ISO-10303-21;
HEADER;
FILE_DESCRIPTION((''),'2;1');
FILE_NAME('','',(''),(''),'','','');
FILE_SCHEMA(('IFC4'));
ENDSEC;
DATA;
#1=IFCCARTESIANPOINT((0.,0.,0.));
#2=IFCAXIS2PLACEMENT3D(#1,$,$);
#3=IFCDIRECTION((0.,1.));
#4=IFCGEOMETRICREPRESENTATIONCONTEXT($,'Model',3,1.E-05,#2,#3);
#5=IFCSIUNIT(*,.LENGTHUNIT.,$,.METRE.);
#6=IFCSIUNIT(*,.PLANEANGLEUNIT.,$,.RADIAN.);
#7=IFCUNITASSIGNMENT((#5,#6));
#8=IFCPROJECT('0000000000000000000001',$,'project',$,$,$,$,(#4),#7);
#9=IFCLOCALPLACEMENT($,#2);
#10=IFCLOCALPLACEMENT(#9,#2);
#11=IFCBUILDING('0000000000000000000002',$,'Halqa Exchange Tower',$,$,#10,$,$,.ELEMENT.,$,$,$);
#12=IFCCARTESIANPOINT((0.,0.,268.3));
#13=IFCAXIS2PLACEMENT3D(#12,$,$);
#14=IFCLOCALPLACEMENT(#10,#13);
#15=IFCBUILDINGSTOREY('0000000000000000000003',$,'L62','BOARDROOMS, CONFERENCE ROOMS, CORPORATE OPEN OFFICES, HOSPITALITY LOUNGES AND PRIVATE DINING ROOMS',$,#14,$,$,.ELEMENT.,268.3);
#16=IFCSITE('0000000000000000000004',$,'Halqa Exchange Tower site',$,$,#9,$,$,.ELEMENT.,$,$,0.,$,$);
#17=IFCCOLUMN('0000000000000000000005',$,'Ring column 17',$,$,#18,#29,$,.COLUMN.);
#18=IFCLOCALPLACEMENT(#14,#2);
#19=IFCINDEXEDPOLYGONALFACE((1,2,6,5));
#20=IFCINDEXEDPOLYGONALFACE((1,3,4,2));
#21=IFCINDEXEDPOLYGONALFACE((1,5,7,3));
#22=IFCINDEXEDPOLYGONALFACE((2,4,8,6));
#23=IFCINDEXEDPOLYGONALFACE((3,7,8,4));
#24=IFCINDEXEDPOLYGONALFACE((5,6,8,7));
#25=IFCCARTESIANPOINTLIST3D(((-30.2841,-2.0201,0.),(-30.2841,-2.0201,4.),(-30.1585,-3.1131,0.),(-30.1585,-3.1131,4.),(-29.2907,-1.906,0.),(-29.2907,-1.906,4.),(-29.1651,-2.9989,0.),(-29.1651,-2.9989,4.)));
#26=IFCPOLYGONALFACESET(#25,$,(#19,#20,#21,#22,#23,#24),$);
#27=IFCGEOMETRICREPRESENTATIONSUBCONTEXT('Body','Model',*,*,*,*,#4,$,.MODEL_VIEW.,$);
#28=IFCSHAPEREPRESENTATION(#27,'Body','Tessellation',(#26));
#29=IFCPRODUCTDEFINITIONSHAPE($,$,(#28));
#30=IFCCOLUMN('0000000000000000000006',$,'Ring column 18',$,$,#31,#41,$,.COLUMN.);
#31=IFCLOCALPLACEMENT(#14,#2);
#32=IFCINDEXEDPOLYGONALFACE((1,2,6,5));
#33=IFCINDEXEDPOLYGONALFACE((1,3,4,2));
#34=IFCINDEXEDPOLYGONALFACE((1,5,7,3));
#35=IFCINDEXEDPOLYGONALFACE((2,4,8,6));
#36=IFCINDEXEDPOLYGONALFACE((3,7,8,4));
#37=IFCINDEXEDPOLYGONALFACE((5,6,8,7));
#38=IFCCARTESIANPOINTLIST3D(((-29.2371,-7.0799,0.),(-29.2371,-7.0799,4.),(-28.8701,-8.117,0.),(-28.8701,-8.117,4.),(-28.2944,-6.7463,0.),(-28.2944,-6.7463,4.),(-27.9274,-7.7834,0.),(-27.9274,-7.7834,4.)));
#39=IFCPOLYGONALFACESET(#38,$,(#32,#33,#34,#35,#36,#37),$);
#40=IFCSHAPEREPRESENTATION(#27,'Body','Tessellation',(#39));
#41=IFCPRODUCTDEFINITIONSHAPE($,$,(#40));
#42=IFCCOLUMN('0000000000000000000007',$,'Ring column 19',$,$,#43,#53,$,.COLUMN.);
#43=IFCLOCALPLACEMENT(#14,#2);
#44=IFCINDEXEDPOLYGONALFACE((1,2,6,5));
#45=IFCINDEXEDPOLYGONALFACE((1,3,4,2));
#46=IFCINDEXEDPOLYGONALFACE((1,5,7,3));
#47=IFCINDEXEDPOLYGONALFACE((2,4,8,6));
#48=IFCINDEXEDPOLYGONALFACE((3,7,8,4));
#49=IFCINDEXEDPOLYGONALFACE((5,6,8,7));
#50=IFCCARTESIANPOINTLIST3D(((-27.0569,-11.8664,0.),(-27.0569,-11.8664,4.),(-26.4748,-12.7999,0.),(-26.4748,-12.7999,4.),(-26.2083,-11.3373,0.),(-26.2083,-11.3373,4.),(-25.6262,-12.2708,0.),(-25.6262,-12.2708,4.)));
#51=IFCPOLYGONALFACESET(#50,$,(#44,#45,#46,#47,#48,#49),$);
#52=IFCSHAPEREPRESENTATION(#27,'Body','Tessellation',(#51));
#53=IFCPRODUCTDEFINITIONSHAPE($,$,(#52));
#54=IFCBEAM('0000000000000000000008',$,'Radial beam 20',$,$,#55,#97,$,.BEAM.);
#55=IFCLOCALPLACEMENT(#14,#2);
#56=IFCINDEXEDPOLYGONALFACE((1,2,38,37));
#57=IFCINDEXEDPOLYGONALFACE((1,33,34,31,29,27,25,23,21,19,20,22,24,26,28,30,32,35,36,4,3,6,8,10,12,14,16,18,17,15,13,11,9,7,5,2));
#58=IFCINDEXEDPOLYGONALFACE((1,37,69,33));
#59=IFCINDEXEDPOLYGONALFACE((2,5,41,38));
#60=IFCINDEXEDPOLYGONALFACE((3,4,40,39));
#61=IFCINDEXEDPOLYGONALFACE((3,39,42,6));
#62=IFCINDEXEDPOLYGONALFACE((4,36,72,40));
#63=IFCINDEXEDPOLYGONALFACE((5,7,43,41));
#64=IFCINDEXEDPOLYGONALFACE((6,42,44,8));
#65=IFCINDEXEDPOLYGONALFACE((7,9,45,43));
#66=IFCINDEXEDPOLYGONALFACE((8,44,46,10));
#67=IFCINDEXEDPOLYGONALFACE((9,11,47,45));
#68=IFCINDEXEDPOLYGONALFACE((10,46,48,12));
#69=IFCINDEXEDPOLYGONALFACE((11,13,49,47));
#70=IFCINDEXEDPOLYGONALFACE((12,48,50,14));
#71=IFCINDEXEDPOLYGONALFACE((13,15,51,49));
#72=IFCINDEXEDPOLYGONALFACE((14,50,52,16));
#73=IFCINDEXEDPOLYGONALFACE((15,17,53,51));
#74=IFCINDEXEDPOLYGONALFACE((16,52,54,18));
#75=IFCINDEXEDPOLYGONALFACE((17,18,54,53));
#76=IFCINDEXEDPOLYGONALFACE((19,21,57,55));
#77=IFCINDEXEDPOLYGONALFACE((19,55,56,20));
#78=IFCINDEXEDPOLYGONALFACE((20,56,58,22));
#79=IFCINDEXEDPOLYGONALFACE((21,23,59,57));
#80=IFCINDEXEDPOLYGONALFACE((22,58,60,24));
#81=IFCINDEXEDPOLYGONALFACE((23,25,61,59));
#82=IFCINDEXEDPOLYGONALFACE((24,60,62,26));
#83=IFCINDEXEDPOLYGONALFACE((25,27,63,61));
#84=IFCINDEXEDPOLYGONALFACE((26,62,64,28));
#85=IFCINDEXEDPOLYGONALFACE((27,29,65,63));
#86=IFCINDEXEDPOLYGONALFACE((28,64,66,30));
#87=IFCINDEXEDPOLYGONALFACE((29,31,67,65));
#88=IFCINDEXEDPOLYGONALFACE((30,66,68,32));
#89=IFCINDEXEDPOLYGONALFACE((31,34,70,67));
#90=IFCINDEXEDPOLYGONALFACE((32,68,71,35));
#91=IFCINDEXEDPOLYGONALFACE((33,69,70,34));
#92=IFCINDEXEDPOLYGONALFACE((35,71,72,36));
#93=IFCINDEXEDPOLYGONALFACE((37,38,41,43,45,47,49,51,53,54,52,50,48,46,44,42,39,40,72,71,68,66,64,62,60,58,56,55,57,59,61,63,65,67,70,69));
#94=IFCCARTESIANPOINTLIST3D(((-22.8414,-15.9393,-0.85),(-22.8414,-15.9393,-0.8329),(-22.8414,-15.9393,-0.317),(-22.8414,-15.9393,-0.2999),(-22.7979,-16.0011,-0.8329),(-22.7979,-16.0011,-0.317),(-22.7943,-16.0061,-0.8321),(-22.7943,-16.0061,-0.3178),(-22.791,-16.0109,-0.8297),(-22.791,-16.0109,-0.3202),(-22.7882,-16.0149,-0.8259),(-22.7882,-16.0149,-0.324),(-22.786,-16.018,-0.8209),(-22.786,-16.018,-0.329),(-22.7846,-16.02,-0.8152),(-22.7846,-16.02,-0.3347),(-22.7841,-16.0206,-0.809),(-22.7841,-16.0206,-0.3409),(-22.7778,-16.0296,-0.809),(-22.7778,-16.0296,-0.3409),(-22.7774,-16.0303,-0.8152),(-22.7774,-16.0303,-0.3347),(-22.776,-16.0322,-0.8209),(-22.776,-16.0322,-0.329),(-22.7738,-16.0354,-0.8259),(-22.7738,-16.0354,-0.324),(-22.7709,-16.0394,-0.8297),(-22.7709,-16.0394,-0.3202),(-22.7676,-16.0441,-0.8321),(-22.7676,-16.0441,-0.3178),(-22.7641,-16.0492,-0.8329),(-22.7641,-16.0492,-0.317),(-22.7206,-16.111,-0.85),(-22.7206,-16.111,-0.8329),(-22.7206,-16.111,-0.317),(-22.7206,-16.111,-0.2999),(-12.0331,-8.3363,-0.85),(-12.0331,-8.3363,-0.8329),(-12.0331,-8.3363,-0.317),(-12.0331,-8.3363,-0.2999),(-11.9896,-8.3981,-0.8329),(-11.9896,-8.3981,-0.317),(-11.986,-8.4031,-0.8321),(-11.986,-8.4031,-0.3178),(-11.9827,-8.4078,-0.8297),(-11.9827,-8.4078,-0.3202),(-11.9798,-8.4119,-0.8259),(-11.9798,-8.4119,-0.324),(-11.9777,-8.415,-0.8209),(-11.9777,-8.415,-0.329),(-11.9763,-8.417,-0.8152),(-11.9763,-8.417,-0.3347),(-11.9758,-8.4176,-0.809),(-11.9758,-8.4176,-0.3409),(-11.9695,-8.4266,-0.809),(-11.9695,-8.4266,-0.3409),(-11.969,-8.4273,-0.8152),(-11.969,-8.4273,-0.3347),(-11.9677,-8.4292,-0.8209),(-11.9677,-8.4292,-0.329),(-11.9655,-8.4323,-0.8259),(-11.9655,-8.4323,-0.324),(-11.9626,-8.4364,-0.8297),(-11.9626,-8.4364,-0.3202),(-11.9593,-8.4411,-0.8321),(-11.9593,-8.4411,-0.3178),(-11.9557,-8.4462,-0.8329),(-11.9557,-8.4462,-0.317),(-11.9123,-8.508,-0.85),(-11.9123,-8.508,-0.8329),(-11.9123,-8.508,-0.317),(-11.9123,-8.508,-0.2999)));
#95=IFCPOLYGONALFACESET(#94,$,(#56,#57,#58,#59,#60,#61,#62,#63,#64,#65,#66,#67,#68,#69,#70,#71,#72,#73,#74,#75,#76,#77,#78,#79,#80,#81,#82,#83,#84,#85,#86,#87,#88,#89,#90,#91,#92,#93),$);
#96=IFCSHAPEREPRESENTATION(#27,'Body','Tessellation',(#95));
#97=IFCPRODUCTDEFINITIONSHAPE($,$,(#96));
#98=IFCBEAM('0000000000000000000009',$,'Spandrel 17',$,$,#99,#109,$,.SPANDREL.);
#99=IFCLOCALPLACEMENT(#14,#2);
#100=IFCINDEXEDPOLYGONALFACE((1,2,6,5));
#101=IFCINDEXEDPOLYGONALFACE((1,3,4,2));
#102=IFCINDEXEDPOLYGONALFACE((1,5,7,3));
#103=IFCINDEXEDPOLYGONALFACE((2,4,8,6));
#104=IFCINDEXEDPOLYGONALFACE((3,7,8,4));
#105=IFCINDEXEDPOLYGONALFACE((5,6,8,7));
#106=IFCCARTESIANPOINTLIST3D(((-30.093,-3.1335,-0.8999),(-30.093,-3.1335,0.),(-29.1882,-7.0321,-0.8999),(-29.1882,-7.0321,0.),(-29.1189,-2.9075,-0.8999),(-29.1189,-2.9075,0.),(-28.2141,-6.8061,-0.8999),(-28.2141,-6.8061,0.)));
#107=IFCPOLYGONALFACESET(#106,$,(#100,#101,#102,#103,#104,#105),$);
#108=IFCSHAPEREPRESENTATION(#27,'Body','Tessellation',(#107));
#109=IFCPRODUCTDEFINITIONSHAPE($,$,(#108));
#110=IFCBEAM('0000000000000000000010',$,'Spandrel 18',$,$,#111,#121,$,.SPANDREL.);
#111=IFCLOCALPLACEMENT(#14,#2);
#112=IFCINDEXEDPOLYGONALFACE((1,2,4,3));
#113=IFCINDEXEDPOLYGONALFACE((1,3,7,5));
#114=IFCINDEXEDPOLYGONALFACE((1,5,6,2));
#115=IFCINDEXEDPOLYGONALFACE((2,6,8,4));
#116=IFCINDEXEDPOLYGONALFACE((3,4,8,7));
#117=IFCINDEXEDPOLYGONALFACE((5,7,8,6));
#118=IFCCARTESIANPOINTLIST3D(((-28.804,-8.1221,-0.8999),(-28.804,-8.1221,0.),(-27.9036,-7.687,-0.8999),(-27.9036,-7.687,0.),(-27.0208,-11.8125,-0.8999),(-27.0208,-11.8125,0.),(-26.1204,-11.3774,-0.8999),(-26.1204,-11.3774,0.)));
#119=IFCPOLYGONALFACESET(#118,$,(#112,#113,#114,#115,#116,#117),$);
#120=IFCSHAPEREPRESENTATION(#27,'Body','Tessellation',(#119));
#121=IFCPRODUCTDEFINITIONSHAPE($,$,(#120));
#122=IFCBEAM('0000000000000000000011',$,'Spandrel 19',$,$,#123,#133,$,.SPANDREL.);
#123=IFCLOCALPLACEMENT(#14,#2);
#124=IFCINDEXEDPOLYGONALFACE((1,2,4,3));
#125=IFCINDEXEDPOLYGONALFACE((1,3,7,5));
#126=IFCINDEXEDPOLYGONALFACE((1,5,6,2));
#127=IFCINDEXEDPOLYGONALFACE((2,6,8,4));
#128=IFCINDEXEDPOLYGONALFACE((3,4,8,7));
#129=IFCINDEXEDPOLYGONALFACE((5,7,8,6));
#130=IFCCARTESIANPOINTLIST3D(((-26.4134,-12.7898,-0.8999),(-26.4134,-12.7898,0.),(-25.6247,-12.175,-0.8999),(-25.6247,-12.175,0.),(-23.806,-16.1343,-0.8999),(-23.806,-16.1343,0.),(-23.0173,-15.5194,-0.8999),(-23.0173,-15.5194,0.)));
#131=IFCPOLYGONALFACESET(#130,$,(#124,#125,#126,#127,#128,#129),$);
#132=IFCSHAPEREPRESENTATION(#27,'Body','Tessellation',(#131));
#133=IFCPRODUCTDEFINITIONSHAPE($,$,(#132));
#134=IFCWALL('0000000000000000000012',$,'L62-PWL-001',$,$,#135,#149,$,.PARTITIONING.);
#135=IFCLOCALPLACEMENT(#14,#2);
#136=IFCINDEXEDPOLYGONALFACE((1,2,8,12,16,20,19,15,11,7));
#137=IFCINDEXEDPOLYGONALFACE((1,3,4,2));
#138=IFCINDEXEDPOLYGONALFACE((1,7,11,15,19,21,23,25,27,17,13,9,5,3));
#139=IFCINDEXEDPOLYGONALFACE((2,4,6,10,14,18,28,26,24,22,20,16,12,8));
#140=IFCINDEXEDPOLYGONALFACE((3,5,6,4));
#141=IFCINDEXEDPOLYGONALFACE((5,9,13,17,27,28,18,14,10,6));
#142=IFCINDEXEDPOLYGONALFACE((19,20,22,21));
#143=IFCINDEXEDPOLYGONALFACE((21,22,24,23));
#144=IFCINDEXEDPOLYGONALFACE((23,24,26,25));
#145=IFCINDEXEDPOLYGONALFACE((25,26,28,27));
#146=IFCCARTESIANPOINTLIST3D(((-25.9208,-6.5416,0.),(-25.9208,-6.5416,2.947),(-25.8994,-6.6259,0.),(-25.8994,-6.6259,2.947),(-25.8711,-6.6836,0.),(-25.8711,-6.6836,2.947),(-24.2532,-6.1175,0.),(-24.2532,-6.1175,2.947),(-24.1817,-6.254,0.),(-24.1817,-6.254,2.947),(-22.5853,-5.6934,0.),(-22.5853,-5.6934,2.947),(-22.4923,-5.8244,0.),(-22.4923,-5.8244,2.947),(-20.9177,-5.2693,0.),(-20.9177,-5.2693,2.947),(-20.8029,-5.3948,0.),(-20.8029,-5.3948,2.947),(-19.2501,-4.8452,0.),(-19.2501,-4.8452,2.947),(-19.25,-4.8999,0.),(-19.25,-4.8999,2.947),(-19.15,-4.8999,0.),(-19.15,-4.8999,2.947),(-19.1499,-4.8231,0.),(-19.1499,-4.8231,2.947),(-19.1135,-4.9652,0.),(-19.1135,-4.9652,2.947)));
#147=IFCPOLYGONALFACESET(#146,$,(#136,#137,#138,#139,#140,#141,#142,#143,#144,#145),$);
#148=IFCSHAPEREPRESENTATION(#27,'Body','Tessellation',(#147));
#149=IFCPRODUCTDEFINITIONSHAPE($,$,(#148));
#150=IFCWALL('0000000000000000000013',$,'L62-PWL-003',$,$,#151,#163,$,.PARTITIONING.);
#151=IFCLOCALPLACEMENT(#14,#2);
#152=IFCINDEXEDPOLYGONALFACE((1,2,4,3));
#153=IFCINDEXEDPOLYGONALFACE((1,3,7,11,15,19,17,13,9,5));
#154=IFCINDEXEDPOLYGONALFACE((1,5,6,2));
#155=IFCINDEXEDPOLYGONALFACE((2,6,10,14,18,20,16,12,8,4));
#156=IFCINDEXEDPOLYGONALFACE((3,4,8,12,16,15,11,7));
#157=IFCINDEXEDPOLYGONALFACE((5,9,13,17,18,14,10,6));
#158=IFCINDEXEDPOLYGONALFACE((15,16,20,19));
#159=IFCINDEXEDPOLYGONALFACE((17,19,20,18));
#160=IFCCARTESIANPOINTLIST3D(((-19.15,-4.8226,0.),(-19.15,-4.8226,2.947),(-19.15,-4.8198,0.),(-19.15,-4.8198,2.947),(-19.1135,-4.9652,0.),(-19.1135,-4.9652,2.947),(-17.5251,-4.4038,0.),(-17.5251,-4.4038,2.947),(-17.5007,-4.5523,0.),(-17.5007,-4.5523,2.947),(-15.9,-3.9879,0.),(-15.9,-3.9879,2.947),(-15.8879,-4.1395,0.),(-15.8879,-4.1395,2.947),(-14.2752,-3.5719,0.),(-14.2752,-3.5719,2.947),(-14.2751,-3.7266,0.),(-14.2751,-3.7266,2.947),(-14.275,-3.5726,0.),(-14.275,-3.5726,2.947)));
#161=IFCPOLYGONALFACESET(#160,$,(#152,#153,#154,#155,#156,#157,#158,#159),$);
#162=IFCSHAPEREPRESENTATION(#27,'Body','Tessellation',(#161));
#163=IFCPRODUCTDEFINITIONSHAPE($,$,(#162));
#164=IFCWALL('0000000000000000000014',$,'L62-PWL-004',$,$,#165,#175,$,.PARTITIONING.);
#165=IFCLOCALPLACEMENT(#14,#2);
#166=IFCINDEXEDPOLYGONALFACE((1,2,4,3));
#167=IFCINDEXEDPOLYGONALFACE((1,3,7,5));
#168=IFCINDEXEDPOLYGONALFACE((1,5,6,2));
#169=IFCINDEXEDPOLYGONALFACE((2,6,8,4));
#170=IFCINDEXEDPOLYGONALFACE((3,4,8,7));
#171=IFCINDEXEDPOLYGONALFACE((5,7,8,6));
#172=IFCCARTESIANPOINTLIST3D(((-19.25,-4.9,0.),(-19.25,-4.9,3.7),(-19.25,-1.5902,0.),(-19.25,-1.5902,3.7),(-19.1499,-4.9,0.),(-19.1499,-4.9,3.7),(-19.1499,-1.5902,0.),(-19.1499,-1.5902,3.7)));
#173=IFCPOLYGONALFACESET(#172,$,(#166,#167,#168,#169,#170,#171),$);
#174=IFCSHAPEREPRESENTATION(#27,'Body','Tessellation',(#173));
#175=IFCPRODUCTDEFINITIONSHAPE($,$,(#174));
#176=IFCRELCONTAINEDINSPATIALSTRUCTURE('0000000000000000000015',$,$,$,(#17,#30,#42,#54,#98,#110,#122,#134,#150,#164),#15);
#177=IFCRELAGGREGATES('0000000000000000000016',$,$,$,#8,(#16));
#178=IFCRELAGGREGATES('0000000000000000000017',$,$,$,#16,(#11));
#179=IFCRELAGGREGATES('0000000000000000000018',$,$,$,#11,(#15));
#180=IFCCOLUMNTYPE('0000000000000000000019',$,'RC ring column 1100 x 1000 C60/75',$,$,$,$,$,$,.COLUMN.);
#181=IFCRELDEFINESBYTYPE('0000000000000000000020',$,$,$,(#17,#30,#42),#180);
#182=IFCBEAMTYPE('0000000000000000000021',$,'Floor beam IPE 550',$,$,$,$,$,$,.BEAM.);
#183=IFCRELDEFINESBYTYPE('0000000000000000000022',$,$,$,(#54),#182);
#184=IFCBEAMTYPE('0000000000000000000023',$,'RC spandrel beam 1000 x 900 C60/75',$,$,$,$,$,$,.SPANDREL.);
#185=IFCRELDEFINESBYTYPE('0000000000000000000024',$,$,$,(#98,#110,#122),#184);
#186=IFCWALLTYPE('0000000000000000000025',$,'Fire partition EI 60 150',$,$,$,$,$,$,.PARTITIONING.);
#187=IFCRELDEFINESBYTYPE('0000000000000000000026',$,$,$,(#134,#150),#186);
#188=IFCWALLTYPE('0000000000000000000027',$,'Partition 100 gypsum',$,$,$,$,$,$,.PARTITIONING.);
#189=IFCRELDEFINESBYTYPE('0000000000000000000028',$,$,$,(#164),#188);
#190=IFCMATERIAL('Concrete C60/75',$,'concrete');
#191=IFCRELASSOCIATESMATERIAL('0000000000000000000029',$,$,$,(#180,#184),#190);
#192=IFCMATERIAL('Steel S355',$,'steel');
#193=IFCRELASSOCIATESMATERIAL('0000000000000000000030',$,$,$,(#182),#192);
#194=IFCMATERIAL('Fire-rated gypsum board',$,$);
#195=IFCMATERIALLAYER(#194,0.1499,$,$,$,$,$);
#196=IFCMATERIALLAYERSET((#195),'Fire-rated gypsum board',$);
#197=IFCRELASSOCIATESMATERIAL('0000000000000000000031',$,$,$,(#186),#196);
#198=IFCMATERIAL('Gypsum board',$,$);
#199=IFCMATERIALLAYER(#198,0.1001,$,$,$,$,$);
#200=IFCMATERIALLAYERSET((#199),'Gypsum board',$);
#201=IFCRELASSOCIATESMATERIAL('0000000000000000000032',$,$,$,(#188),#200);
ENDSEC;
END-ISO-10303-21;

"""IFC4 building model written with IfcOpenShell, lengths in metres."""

from ifc_helpers import new_model, si_unit, direction, frame, frame_2d, origin, origin_2d, place, context, subcontext, project, spatial, polyline, rectangle, i_section, outline, extrude, material, layer, layer_set, material_profile, profile_set, type_object, element, save


model = new_model("IFC4")

# Units and contexts
model_context = context("Model", 3, precision=1e-05, world=origin(), true_north=direction((0.0, 1.0)))
body_context = subcontext(model_context, "Body", "Model", "MODEL_VIEW")
ifc_project = project(units=[si_unit("LENGTHUNIT", "METRE"), si_unit("PLANEANGLEUNIT", "RADIAN")], contexts=[model_context])

# Site, building, storey
site_placement = place(None, origin())
site = spatial("IfcSite", under=ifc_project, at=site_placement, Name="Halqa Exchange Tower site", CompositionType="ELEMENT", RefElevation=0.0)
building_placement = place(site_placement, origin())
building = spatial("IfcBuilding", under=site, at=building_placement, Name="Halqa Exchange Tower", CompositionType="ELEMENT")
storey_placement = place(building_placement, frame((0.0, 0.0, 268.3)))
storey = spatial("IfcBuildingStorey", under=building, at=storey_placement, Name="L62", Description="BOARDROOMS, CONFERENCE ROOMS, CORPORATE OPEN OFFICES, HOSPITALITY LOUNGES AND PRIVATE DINING ROOMS", CompositionType="ELEMENT", Elevation=268.3)

# Columns
ifc_material_1 = material(Name="Concrete C60/75", Category="concrete")
ifc_material_profile_1 = material_profile(ifc_material_1, rectangle(XDim=1.1001, YDim=1.0, at=origin_2d()), Name="1100 x 1000")
ifc_profile_set_1 = profile_set([ifc_material_profile_1], Name="Concrete C60/75")
column_type = type_object("IfcColumnType", Name="RC ring column 1100 x 1000 C60/75", PredefinedType="COLUMN", material=ifc_profile_set_1)
for number, where, z_axis, x_axis, name in (
    (1, (-29.7246, -2.5095, 0.0), (0.0, 0.0, 1.0), (0.114155, -0.993463, 0.0), "Ring column 17"),
    (2, (-28.5823, -7.4316, 0.0), (0.0, 0.0, 1.0), (0.333628, -0.942705, 0.0), "Ring column 18"),
    (3, (-26.3416, -12.0686, 0.0), (0.0, 0.0, 1.0), (0.529142, -0.848533, 0.0), "Ring column 19"),
):
    element("IfcColumn", number, at=place(storey_placement, frame(where, z_axis=z_axis, x_axis=x_axis)), inside=storey, type_object=column_type, Name=name, PredefinedType="COLUMN", context=body_context, shape_type="SweptSolid", body=[
        extrude(rectangle(XDim=1.1001, YDim=1.0, at=origin_2d()), origin(), (0.0, 0.0, 1.0), 4.0),
    ])

# Beams
ifc_material_2 = material(Name="Steel S355", Category="steel")
ifc_material_profile_2 = material_profile(ifc_material_2, i_section(OverallWidth=0.21, OverallDepth=0.55, WebThickness=0.011, FlangeThickness=0.0171, FilletRadius=0.0239, at=origin_2d()), Name="IPE 550")
ifc_profile_set_2 = profile_set([ifc_material_profile_2], Name="Steel S355")
beam_type_1 = type_object("IfcBeamType", Name="Floor beam IPE 550", PredefinedType="BEAM", material=ifc_profile_set_2)
beam_1_placement = place(storey_placement, frame((-11.9727, -8.4221, -0.575), z_axis=(-0.817908, -0.575349, 0.0), x_axis=(0.575349, -0.817908, 0.0)))
element("IfcBeam", 4, at=beam_1_placement, inside=storey, type_object=beam_type_1, Name="Radial beam 20", PredefinedType="BEAM", context=body_context, shape_type="SweptSolid", body=[
    extrude(i_section(OverallWidth=0.21, OverallDepth=0.55, WebThickness=0.011, FlangeThickness=0.0171, FilletRadius=0.0239, at=origin_2d()), origin(), (0.0, 0.0, 1.0), 13.2146),
])
ifc_material_profile_3 = material_profile(ifc_material_1, rectangle(XDim=1.0, YDim=0.8999, at=origin_2d()), Name="1000 x 900")
ifc_profile_set_3 = profile_set([ifc_material_profile_3], Name="Concrete C60/75")
beam_type_2 = type_object("IfcBeamType", Name="RC spandrel beam 1000 x 900 C60/75", PredefinedType="SPANDREL", material=ifc_profile_set_3)
beam_2_placement = place(storey_placement, frame((-29.606, -3.0205, -0.45), z_axis=(0.226067, -0.974112, 0.0), x_axis=(0.974112, 0.226067, 0.0)))
element("IfcBeam", 5, at=beam_2_placement, inside=storey, type_object=beam_type_2, Name="Spandrel 17", PredefinedType="SPANDREL", context=body_context, shape_type="SweptSolid", body=[
    extrude(rectangle(XDim=1.0, YDim=0.8999, at=origin_2d()), origin(), (0.0, 0.0, 1.0), 4.0022),
])
beam_3_placement = place(storey_placement, frame((-28.3538, -7.9045, -0.45), z_axis=(0.435069, -0.900397, 0.0), x_axis=(0.900397, 0.435069, 0.0)))
element("IfcBeam", 6, at=beam_3_placement, inside=storey, type_object=beam_type_2, Name="Spandrel 18", PredefinedType="SPANDREL", context=body_context, shape_type="SweptSolid", body=[
    extrude(rectangle(XDim=1.0, YDim=0.8999, at=origin_2d()), origin(), (0.0, 0.0, 1.0), 4.0986),
])
beam_4_placement = place(storey_placement, frame((-26.019, -12.4824, -0.45), z_axis=(0.614845, -0.788648, 0.0), x_axis=(0.788648, 0.614845, 0.0)))
element("IfcBeam", 7, at=beam_4_placement, inside=storey, type_object=beam_type_2, Name="Spandrel 19", PredefinedType="SPANDREL", context=body_context, shape_type="SweptSolid", body=[
    extrude(rectangle(XDim=1.0, YDim=0.8999, at=origin_2d()), origin(), (0.0, 0.0, 1.0), 4.2407),
])

# Walls
ifc_material_3 = material(Name="Fire-rated gypsum board")
ifc_layer_1 = layer(ifc_material_3, 0.1499)
ifc_layer_set_1 = layer_set([ifc_layer_1], Name="Fire-rated gypsum board")
wall_type_1 = type_object("IfcWallType", Name="Fire partition EI 60 150", PredefinedType="PARTITIONING", material=ifc_layer_set_1)
wall_1_placement = place(storey_placement, frame((-25.9023, -6.6143, 0.0), z_axis=(0.0, 0.0, 1.0), x_axis=(0.969154, 0.246456, 0.0)))
element("IfcWall", 8, at=wall_1_placement, inside=storey, type_object=wall_type_1, Name="L62-PWL-001", PredefinedType="PARTITIONING", context=body_context, shape_type="SweptSolid", body=[
    extrude(outline(polyline([(0.0132, -0.075), (1.7563, -0.075), (3.4995, -0.075), (5.2427, -0.075), (6.9858, -0.075), (6.9856, 0.0718), (6.9666, -0.0027), (6.8696, 0.022), (6.8831, 0.075), (5.1624, 0.075), (3.4417, 0.075), (1.7207, 0.075), (0.0, 0.075), (0.0, -0.012), (0.0132, -0.075)])), origin(), (0.0, 0.0, 1.0), 2.947),
])
wall_2_placement = place(storey_placement, frame((-19.1321, -4.8926, 0.0), z_axis=(0.0, 0.0, 1.0), x_axis=(0.968763, 0.247988, 0.0)))
element("IfcWall", 9, at=wall_2_placement, inside=storey, type_object=wall_type_1, Name="L62-PWL-003", PredefinedType="PARTITIONING", context=body_context, shape_type="SweptSolid", body=[
    extrude(outline(polyline([(0.0, -0.075), (1.6648, -0.075), (3.3296, -0.075), (4.9944, -0.075), (5.0327, 0.0742), (5.0327, 0.075), (3.3555, 0.075), (1.678, 0.075), (0.0007, 0.075), (0.0, 0.0723), (0.0, -0.075)])), origin(), (0.0, 0.0, 1.0), 2.947),
])
ifc_material_4 = material(Name="Gypsum board")
ifc_layer_2 = layer(ifc_material_4, 0.1001)
ifc_layer_set_2 = layer_set([ifc_layer_2], Name="Gypsum board")
wall_type_2 = type_object("IfcWallType", Name="Partition 100 gypsum", PredefinedType="PARTITIONING", material=ifc_layer_set_2)
wall_3_placement = place(storey_placement, frame((-19.2, -4.8999, 0.0), z_axis=(0.0, 0.0, 1.0), x_axis=(0.0, 1.0, 0.0)))
element("IfcWall", 10, at=wall_3_placement, inside=storey, type_object=wall_type_2, Name="L62-PWL-004", PredefinedType="PARTITIONING", context=body_context, shape_type="SweptSolid", body=[
    extrude(rectangle(XDim=3.3098, YDim=0.1001, at=frame_2d((1.6548, 0.0))), origin(), (0.0, 0.0, 1.0), 3.7),
])

save(model, "model.ifc")
